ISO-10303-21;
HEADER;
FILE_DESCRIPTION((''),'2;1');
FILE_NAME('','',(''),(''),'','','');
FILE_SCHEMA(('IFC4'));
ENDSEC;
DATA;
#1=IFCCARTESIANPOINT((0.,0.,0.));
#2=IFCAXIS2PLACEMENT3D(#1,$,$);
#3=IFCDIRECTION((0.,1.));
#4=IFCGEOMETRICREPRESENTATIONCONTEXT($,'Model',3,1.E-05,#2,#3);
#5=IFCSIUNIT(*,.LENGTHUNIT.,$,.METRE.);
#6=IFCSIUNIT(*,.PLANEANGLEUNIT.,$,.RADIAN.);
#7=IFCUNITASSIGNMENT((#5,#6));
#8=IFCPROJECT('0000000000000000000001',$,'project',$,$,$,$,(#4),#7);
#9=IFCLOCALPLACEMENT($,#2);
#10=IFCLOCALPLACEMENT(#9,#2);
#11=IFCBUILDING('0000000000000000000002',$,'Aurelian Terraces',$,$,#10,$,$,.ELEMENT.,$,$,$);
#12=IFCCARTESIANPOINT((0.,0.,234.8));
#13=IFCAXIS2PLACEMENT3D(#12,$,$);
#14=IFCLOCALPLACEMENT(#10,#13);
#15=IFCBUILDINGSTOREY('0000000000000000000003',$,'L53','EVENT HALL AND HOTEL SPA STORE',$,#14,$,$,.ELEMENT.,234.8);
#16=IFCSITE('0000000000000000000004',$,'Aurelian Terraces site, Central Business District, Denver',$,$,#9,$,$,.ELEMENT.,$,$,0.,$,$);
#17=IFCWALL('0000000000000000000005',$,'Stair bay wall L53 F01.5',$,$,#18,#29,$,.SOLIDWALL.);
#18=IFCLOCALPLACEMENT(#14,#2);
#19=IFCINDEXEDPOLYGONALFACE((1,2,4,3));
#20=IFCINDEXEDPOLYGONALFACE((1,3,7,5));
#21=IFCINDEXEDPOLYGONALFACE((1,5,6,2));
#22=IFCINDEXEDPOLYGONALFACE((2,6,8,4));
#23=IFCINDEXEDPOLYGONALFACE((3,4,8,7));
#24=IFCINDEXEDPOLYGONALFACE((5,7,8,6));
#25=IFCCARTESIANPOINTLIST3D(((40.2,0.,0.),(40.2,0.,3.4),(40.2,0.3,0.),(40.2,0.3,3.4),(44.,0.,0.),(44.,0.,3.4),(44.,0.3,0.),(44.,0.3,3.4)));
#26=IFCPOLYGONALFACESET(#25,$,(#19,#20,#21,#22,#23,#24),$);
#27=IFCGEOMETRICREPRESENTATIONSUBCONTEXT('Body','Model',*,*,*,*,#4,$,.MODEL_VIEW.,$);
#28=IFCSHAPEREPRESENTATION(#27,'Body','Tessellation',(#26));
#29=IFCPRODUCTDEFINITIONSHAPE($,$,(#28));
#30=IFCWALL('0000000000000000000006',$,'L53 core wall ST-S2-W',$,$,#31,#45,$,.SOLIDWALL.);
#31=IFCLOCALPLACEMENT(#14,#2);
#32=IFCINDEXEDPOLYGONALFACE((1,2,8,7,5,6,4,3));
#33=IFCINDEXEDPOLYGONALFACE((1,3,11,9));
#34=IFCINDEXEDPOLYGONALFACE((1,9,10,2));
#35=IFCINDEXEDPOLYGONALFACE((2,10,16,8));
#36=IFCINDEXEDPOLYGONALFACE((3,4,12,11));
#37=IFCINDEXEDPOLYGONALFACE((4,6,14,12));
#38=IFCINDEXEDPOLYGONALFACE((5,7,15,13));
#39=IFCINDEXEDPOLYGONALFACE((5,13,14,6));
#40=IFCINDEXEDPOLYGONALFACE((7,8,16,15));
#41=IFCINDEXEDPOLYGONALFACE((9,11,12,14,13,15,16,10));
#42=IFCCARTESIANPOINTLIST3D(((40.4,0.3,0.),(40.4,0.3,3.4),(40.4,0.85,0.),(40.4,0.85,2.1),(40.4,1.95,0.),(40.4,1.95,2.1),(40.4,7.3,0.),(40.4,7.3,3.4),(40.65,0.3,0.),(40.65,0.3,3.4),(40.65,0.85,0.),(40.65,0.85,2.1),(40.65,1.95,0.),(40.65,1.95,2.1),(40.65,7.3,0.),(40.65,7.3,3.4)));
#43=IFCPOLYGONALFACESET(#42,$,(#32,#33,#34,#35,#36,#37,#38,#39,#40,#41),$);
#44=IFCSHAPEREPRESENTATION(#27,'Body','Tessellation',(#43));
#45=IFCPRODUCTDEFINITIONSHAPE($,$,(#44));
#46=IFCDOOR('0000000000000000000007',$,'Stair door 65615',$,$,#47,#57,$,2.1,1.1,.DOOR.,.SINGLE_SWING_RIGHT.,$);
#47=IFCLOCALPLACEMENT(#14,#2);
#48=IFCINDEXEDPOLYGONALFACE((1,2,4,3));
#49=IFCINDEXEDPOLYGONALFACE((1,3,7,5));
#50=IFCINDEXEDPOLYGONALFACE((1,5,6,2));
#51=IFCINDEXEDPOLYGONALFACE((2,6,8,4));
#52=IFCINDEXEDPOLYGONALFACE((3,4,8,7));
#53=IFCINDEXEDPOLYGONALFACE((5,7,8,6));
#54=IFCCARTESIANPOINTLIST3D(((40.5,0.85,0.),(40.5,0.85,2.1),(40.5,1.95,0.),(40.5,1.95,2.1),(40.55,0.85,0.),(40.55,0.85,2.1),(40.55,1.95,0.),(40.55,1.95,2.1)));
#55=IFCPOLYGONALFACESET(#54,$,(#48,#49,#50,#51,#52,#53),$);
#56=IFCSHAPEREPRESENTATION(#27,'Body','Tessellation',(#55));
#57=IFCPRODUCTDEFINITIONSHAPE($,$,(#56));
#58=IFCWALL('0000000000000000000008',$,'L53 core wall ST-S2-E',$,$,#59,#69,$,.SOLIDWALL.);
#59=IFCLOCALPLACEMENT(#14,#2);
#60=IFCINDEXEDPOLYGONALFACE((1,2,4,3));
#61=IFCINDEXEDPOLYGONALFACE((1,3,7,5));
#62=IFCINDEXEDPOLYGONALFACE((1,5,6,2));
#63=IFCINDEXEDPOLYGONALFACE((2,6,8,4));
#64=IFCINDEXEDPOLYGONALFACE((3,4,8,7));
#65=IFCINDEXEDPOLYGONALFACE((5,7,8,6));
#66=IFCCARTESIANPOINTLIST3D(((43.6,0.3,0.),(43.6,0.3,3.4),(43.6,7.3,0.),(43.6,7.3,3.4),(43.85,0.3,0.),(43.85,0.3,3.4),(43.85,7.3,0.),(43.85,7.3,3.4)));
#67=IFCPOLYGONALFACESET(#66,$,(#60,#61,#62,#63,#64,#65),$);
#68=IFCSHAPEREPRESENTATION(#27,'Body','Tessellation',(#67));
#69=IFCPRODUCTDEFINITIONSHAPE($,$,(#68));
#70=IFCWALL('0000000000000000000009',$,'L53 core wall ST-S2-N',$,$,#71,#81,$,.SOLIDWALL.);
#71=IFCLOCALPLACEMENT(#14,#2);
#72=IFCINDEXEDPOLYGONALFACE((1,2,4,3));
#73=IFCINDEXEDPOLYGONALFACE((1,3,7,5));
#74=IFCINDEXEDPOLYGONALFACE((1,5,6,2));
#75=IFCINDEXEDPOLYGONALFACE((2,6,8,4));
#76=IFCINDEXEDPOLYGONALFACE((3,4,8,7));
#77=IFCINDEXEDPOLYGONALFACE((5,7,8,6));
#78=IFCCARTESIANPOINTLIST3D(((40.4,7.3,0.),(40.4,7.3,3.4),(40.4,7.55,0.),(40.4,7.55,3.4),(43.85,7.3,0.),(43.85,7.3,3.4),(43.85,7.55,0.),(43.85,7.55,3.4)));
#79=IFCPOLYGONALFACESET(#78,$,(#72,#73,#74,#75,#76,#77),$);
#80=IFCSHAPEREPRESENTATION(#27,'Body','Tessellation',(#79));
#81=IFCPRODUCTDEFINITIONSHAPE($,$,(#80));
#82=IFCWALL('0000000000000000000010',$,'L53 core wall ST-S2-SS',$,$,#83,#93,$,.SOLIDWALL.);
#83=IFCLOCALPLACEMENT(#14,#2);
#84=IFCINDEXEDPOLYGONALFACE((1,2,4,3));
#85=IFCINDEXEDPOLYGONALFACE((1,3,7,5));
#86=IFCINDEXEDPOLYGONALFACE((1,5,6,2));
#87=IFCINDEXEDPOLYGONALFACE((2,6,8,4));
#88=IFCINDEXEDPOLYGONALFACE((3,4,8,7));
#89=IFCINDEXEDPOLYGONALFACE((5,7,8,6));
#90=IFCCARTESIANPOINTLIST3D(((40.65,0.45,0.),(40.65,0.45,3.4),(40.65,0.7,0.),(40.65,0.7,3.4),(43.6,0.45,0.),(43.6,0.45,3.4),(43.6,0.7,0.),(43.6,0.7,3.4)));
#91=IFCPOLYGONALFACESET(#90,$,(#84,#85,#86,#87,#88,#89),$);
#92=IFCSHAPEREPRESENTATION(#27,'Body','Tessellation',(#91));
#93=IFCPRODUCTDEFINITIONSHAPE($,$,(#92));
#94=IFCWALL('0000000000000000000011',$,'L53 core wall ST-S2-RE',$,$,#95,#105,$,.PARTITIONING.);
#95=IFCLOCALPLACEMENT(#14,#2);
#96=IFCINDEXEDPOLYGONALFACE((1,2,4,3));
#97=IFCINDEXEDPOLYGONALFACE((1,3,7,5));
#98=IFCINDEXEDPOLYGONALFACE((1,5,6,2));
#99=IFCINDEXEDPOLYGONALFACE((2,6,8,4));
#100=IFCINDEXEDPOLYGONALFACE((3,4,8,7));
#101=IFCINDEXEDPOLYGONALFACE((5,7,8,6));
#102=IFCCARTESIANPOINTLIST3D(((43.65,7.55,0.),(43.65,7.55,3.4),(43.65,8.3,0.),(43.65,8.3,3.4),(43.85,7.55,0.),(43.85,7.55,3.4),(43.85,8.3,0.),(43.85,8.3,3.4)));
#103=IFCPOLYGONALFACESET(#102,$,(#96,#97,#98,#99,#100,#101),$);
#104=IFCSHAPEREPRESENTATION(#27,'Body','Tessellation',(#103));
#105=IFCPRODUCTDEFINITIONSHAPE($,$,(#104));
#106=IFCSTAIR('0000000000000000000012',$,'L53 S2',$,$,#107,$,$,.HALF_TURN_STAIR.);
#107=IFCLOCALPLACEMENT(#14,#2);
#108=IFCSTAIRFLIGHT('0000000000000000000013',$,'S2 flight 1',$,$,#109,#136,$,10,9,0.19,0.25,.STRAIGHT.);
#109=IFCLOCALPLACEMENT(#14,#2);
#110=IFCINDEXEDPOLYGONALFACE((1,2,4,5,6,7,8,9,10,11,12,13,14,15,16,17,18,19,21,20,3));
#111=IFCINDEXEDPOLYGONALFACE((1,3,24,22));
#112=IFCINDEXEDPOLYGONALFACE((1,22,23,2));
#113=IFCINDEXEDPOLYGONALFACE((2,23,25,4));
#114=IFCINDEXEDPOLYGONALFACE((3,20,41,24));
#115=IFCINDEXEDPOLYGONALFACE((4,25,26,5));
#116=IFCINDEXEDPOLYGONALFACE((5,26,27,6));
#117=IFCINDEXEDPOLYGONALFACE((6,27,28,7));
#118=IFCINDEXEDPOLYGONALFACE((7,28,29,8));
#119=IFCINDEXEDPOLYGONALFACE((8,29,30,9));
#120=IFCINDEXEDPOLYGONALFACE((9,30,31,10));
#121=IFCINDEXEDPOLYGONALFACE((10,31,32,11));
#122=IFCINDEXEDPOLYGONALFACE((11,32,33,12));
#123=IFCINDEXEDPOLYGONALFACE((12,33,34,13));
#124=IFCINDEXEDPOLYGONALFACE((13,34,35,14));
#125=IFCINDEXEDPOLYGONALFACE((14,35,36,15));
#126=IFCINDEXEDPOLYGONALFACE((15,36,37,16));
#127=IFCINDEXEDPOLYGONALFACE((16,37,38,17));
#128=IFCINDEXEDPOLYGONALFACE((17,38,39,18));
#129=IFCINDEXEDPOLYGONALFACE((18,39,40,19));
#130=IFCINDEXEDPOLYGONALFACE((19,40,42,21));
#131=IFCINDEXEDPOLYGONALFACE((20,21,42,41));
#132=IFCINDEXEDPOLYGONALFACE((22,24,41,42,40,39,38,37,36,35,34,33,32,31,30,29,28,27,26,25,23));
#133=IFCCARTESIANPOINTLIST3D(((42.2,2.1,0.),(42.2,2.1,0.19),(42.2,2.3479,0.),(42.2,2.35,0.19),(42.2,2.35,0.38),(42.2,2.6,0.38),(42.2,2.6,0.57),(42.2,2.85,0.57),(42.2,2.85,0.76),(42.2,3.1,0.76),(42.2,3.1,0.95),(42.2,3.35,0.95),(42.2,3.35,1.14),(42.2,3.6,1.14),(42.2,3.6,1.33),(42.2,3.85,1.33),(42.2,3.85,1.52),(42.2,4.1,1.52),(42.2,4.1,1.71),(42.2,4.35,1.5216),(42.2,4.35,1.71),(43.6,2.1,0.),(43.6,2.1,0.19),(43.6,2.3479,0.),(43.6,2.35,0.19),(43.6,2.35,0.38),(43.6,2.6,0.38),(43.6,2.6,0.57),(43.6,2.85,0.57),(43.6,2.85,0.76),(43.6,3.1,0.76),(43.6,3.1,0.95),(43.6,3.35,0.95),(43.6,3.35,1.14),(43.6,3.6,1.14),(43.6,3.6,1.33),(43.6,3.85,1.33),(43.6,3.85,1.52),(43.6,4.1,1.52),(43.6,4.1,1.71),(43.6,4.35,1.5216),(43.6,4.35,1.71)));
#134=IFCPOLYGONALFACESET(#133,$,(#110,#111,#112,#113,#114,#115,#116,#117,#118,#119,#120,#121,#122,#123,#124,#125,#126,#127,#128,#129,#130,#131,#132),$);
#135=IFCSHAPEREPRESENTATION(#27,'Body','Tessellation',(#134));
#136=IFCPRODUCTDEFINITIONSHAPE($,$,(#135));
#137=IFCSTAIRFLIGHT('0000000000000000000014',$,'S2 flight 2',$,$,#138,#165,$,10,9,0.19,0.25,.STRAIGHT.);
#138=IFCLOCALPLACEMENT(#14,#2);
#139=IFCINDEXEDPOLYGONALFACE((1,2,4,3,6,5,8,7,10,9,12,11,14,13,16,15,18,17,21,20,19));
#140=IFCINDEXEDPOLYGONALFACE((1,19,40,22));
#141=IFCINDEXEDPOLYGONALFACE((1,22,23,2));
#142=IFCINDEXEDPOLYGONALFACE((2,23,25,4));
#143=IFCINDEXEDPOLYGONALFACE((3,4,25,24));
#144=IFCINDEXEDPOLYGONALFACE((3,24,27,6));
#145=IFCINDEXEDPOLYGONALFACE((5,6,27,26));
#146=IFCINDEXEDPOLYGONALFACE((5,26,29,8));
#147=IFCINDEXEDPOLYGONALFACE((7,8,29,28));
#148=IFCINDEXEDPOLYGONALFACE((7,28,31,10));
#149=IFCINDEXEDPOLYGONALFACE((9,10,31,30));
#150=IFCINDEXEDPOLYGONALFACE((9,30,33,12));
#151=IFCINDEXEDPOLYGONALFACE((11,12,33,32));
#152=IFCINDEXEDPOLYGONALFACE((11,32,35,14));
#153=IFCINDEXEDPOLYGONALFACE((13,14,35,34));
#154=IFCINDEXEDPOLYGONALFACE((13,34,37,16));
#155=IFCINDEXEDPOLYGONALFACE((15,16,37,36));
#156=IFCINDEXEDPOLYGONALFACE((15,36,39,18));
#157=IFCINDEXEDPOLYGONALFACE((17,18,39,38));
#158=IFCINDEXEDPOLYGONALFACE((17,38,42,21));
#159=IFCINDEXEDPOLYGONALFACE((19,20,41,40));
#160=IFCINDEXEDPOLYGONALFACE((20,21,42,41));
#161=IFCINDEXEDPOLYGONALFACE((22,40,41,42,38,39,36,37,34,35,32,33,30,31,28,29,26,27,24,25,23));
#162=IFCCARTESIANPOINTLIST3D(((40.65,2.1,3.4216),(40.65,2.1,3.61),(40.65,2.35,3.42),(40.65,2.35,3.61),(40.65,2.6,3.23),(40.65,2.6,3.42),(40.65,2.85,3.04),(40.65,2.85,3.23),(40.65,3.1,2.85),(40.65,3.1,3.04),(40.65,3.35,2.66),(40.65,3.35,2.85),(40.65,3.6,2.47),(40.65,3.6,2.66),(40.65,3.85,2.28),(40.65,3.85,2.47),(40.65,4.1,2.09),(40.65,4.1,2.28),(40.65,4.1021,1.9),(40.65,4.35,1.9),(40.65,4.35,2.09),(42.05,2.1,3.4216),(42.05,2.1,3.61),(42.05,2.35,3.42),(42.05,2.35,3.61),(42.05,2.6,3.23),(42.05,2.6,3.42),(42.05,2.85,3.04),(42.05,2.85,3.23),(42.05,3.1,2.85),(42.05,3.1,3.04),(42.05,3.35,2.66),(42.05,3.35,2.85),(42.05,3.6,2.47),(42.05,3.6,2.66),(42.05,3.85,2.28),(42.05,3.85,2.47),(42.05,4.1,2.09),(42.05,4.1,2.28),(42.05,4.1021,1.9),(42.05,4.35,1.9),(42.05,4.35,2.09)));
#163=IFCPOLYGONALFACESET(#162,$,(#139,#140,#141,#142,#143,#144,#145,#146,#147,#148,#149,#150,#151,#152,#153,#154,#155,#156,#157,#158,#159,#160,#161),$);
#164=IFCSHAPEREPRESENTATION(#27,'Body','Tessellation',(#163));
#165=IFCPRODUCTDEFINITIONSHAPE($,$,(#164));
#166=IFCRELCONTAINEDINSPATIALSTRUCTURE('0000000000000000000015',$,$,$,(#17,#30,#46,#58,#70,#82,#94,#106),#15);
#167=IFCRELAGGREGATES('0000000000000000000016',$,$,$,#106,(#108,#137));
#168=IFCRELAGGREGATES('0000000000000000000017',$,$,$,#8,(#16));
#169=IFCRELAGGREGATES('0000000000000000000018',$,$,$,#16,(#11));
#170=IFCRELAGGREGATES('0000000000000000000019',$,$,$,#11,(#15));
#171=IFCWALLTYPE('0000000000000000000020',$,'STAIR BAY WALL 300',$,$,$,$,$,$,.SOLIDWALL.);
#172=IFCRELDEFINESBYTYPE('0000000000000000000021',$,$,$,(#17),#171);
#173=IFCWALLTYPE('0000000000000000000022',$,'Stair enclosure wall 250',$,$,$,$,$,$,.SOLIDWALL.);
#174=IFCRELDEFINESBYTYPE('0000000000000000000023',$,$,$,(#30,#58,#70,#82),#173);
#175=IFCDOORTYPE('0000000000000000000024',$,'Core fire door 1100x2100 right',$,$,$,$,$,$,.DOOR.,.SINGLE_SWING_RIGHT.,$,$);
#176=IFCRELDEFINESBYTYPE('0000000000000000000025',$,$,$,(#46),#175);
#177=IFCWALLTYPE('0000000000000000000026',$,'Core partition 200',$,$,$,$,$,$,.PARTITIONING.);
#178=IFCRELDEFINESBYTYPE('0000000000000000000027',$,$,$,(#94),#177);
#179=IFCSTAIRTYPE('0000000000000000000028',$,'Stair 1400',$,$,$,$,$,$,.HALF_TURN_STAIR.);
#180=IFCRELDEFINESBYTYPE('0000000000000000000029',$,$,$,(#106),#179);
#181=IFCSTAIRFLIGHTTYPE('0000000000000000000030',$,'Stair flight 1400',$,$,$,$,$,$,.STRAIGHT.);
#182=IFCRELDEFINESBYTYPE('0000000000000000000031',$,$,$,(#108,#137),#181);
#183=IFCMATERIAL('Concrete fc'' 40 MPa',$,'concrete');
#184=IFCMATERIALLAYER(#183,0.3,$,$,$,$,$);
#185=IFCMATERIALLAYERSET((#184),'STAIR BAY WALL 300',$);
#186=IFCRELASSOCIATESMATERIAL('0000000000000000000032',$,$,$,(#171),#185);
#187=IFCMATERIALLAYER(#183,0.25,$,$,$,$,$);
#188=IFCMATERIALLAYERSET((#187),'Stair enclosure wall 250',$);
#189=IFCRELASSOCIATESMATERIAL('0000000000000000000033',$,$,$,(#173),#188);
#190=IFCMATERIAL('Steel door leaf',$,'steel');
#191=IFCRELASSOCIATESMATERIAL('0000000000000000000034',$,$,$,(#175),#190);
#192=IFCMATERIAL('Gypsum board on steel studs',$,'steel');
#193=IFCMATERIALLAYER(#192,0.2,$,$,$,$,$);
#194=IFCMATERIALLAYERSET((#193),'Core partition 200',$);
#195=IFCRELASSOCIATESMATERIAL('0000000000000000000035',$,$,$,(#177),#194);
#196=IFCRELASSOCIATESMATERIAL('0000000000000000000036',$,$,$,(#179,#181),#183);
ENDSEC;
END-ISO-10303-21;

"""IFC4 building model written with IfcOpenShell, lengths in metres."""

from ifc_helpers import new_model, si_unit, direction, frame, frame_2d, origin, place, context, subcontext, project, spatial, polyline, rectangle, outline, extrude, source, transform, mapped, material, layer, layer_set, type_object, element, fill, aggregate, save


model = new_model("IFC4")

# Units and contexts
model_context = context("Model", 3, precision=1e-05, world=origin(), true_north=direction((0.0, 1.0)))
body_context = subcontext(model_context, "Body", "Model", "MODEL_VIEW")
ifc_project = project(units=[si_unit("LENGTHUNIT", "METRE"), si_unit("PLANEANGLEUNIT", "RADIAN")], contexts=[model_context])

# Site, building, storey
site_placement = place(None, origin())
site = spatial("IfcSite", under=ifc_project, at=site_placement, Name="Aurelian Terraces site, Central Business District, Denver", CompositionType="ELEMENT", RefElevation=0.0)
building_placement = place(site_placement, origin())
building = spatial("IfcBuilding", under=site, at=building_placement, Name="Aurelian Terraces", CompositionType="ELEMENT")
storey_placement = place(building_placement, frame((0.0, 0.0, 234.8)))
storey = spatial("IfcBuildingStorey", under=building, at=storey_placement, Name="L53", Description="EVENT HALL AND HOTEL SPA STORE", CompositionType="ELEMENT", Elevation=234.8)

# Wall
ifc_material_1 = material(Name="Concrete fc' 40 MPa", Category="concrete")
ifc_layer_1 = layer(ifc_material_1, 0.3)
ifc_layer_set_1 = layer_set([ifc_layer_1], Name="STAIR BAY WALL 300")
wall_type_1 = type_object("IfcWallType", Name="STAIR BAY WALL 300", PredefinedType="SOLIDWALL", material=ifc_layer_set_1)
shared_shape_1 = source(origin(), body_context, "Body", "SweptSolid", [
    extrude(rectangle(XDim=3.8, YDim=0.3, at=frame_2d((1.9, 0.0))), origin(), (0.0, 0.0, 1.0), 3.4),
])
wall_1_placement = place(storey_placement, frame((40.2, 0.15, 0.0), z_axis=(0.0, 0.0, 1.0), x_axis=(1.0, 0.0, 0.0)))
element("IfcWall", 1, at=wall_1_placement, inside=storey, type_object=wall_type_1, Name="Stair bay wall L53 F01.5", PredefinedType="SOLIDWALL", context=body_context, shape_type="MappedRepresentation", body=[
    mapped(shared_shape_1, transform((0.0, 0.0, 0.0), scale=1.0)),
])

# Wall, opening, door
ifc_layer_2 = layer(ifc_material_1, 0.25)
ifc_layer_set_2 = layer_set([ifc_layer_2], Name="Stair enclosure wall 250")
wall_type_2 = type_object("IfcWallType", Name="Stair enclosure wall 250", PredefinedType="SOLIDWALL", material=ifc_layer_set_2)
shared_shape_2 = source(origin(), body_context, "Body", "SweptSolid", [
    extrude(rectangle(XDim=7.0, YDim=0.25, at=frame_2d((3.5, 0.0))), origin(), (0.0, 0.0, 1.0), 3.4),
])
wall_2_placement = place(storey_placement, frame((40.525, 0.3, 0.0), z_axis=(0.0, 0.0, 1.0), x_axis=(0.0, 1.0, 0.0)))
wall_2 = element("IfcWall", 2, at=wall_2_placement, inside=storey, type_object=wall_type_2, Name="L53 core wall ST-S2-W", PredefinedType="SOLIDWALL", context=body_context, shape_type="MappedRepresentation", body=[
    mapped(shared_shape_2, transform((0.0, 0.0, 0.0), scale=1.0)),
])
shared_shape_3 = source(origin(), body_context, "Body", "SweptSolid", [
    extrude(rectangle(XDim=1.1, YDim=2.1, at=frame_2d((0.55, 1.05))), frame((0.0, 0.135, 0.0), z_axis=(0.0, -1.0, 0.0), x_axis=(1.0, 0.0, 0.0)), (0.0, 0.0, 1.0), 0.27),
])
opening_placement = place(wall_2_placement, frame((0.55, 0.0, 0.0)))
opening = element("IfcOpeningElement", 3, at=opening_placement, cuts=wall_2, PredefinedType="OPENING", context=body_context, shape_type="MappedRepresentation", body=[
    mapped(shared_shape_3, transform((0.0, 0.0, 0.0), scale=1.0)),
])
ifc_material_2 = material(Name="Steel door leaf", Category="steel")
door_type = type_object("IfcDoorType", Name="Core fire door 1100x2100 right", OperationType="SINGLE_SWING_RIGHT", PredefinedType="DOOR", material=ifc_material_2)
shared_shape_4 = source(origin(), body_context, "Body", "SweptSolid", [
    extrude(rectangle(XDim=1.1, YDim=2.1, at=frame_2d((0.55, 1.05))), frame((0.0, 0.025, 0.0), z_axis=(0.0, -1.0, 0.0), x_axis=(1.0, 0.0, 0.0)), (0.0, 0.0, 1.0), 0.05),
])
door_placement = place(opening_placement, origin())
door = element("IfcDoor", 4, at=door_placement, inside=storey, type_object=door_type, Name="Stair door 65615", OperationType="SINGLE_SWING_RIGHT", OverallHeight=2.1, OverallWidth=1.1, PredefinedType="DOOR", context=body_context, shape_type="MappedRepresentation", body=[
    mapped(shared_shape_4, transform((0.0, 0.0, 0.0), scale=1.0)),
])
fill(opening, door)

# Walls
wall_3_placement = place(storey_placement, frame((43.725, 0.3, 0.0), z_axis=(0.0, 0.0, 1.0), x_axis=(0.0, 1.0, 0.0)))
element("IfcWall", 5, at=wall_3_placement, inside=storey, type_object=wall_type_2, Name="L53 core wall ST-S2-E", PredefinedType="SOLIDWALL", context=body_context, shape_type="MappedRepresentation", body=[
    mapped(shared_shape_2, transform((0.0, 0.0, 0.0), scale=1.0)),
])
shared_shape_5 = source(origin(), body_context, "Body", "SweptSolid", [
    extrude(rectangle(XDim=3.45, YDim=0.25, at=frame_2d((1.725, 0.0))), origin(), (0.0, 0.0, 1.0), 3.4),
])
wall_4_placement = place(storey_placement, frame((40.4, 7.425, 0.0), z_axis=(0.0, 0.0, 1.0), x_axis=(1.0, 0.0, 0.0)))
element("IfcWall", 6, at=wall_4_placement, inside=storey, type_object=wall_type_2, Name="L53 core wall ST-S2-N", PredefinedType="SOLIDWALL", context=body_context, shape_type="MappedRepresentation", body=[
    mapped(shared_shape_5, transform((0.0, 0.0, 0.0), scale=1.0)),
])
shared_shape_6 = source(origin(), body_context, "Body", "SweptSolid", [
    extrude(rectangle(XDim=2.95, YDim=0.25, at=frame_2d((1.475, 0.0))), origin(), (0.0, 0.0, 1.0), 3.4),
])
wall_5_placement = place(storey_placement, frame((40.65, 0.575, 0.0), z_axis=(0.0, 0.0, 1.0), x_axis=(1.0, 0.0, 0.0)))
element("IfcWall", 7, at=wall_5_placement, inside=storey, type_object=wall_type_2, Name="L53 core wall ST-S2-SS", PredefinedType="SOLIDWALL", context=body_context, shape_type="MappedRepresentation", body=[
    mapped(shared_shape_6, transform((0.0, 0.0, 0.0), scale=1.0)),
])
ifc_material_3 = material(Name="Gypsum board on steel studs", Category="steel")
ifc_layer_3 = layer(ifc_material_3, 0.2)
ifc_layer_set_3 = layer_set([ifc_layer_3], Name="Core partition 200")
wall_type_3 = type_object("IfcWallType", Name="Core partition 200", PredefinedType="PARTITIONING", material=ifc_layer_set_3)
shared_shape_7 = source(origin(), body_context, "Body", "SweptSolid", [
    extrude(rectangle(XDim=0.75, YDim=0.2, at=frame_2d((0.375, 0.0))), origin(), (0.0, 0.0, 1.0), 3.4),
])
wall_6_placement = place(storey_placement, frame((43.75, 7.55, 0.0), z_axis=(0.0, 0.0, 1.0), x_axis=(0.0, 1.0, 0.0)))
element("IfcWall", 8, at=wall_6_placement, inside=storey, type_object=wall_type_3, Name="L53 core wall ST-S2-RE", PredefinedType="PARTITIONING", context=body_context, shape_type="MappedRepresentation", body=[
    mapped(shared_shape_7, transform((0.0, 0.0, 0.0), scale=1.0)),
])

# Stair, stair flights
stair_type = type_object("IfcStairType", Name="Stair 1400", PredefinedType="HALF_TURN_STAIR", material=ifc_material_1)
stair_placement = place(storey_placement, origin())
stair = element("IfcStair", 9, at=stair_placement, inside=storey, type_object=stair_type, Name="L53 S2", PredefinedType="HALF_TURN_STAIR")
stair_flight_type = type_object("IfcStairFlightType", Name="Stair flight 1400", PredefinedType="STRAIGHT", material=ifc_material_1)
shared_shape_8 = source(origin(), body_context, "Body", "SweptSolid", [
    extrude(outline(polyline([(0.0, 0.0), (0.0, 0.19), (0.25, 0.19), (0.25, 0.38), (0.5, 0.38), (0.5, 0.57), (0.75, 0.57), (0.75, 0.76), (1.0, 0.76), (1.0, 0.95), (1.25, 0.95), (1.25, 1.14), (1.5, 1.14), (1.5, 1.33), (1.75, 1.33), (1.75, 1.52), (2.0, 1.52), (2.0, 1.71), (2.25, 1.71), (2.25, 1.9), (2.25, 1.5216), (0.2479, 0.0), (0.0, 0.0)])), frame((0.0, 0.7, 0.0), z_axis=(0.0, -1.0, 0.0), x_axis=(1.0, 0.0, 0.0)), (0.0, 0.0, 1.0), 1.4),
])
stair_flight_1_placement = place(storey_placement, frame((42.9, 2.1, 0.0), z_axis=(0.0, 0.0, 1.0), x_axis=(0.0, 1.0, 0.0)))
stair_flight_1 = element("IfcStairFlight", 10, at=stair_flight_1_placement, type_object=stair_flight_type, Name="S2 flight 1", NumberOfRisers=10, NumberOfTreads=9, PredefinedType="STRAIGHT", RiserHeight=0.19, TreadLength=0.25, context=body_context, shape_type="MappedRepresentation", body=[
    mapped(shared_shape_8, transform((0.0, 0.0, 0.0), scale=1.0)),
])
stair_flight_2_placement = place(storey_placement, frame((41.35, 4.35, 1.9), z_axis=(0.0, 0.0, 1.0), x_axis=(0.0, -1.0, 0.0)))
stair_flight_2 = element("IfcStairFlight", 11, at=stair_flight_2_placement, type_object=stair_flight_type, Name="S2 flight 2", NumberOfRisers=10, NumberOfTreads=9, PredefinedType="STRAIGHT", RiserHeight=0.19, TreadLength=0.25, context=body_context, shape_type="MappedRepresentation", body=[
    mapped(shared_shape_8, transform((0.0, 0.0, 0.0), scale=1.0)),
])
aggregate(stair, [stair_flight_1, stair_flight_2])

save(model, "model.ifc")
